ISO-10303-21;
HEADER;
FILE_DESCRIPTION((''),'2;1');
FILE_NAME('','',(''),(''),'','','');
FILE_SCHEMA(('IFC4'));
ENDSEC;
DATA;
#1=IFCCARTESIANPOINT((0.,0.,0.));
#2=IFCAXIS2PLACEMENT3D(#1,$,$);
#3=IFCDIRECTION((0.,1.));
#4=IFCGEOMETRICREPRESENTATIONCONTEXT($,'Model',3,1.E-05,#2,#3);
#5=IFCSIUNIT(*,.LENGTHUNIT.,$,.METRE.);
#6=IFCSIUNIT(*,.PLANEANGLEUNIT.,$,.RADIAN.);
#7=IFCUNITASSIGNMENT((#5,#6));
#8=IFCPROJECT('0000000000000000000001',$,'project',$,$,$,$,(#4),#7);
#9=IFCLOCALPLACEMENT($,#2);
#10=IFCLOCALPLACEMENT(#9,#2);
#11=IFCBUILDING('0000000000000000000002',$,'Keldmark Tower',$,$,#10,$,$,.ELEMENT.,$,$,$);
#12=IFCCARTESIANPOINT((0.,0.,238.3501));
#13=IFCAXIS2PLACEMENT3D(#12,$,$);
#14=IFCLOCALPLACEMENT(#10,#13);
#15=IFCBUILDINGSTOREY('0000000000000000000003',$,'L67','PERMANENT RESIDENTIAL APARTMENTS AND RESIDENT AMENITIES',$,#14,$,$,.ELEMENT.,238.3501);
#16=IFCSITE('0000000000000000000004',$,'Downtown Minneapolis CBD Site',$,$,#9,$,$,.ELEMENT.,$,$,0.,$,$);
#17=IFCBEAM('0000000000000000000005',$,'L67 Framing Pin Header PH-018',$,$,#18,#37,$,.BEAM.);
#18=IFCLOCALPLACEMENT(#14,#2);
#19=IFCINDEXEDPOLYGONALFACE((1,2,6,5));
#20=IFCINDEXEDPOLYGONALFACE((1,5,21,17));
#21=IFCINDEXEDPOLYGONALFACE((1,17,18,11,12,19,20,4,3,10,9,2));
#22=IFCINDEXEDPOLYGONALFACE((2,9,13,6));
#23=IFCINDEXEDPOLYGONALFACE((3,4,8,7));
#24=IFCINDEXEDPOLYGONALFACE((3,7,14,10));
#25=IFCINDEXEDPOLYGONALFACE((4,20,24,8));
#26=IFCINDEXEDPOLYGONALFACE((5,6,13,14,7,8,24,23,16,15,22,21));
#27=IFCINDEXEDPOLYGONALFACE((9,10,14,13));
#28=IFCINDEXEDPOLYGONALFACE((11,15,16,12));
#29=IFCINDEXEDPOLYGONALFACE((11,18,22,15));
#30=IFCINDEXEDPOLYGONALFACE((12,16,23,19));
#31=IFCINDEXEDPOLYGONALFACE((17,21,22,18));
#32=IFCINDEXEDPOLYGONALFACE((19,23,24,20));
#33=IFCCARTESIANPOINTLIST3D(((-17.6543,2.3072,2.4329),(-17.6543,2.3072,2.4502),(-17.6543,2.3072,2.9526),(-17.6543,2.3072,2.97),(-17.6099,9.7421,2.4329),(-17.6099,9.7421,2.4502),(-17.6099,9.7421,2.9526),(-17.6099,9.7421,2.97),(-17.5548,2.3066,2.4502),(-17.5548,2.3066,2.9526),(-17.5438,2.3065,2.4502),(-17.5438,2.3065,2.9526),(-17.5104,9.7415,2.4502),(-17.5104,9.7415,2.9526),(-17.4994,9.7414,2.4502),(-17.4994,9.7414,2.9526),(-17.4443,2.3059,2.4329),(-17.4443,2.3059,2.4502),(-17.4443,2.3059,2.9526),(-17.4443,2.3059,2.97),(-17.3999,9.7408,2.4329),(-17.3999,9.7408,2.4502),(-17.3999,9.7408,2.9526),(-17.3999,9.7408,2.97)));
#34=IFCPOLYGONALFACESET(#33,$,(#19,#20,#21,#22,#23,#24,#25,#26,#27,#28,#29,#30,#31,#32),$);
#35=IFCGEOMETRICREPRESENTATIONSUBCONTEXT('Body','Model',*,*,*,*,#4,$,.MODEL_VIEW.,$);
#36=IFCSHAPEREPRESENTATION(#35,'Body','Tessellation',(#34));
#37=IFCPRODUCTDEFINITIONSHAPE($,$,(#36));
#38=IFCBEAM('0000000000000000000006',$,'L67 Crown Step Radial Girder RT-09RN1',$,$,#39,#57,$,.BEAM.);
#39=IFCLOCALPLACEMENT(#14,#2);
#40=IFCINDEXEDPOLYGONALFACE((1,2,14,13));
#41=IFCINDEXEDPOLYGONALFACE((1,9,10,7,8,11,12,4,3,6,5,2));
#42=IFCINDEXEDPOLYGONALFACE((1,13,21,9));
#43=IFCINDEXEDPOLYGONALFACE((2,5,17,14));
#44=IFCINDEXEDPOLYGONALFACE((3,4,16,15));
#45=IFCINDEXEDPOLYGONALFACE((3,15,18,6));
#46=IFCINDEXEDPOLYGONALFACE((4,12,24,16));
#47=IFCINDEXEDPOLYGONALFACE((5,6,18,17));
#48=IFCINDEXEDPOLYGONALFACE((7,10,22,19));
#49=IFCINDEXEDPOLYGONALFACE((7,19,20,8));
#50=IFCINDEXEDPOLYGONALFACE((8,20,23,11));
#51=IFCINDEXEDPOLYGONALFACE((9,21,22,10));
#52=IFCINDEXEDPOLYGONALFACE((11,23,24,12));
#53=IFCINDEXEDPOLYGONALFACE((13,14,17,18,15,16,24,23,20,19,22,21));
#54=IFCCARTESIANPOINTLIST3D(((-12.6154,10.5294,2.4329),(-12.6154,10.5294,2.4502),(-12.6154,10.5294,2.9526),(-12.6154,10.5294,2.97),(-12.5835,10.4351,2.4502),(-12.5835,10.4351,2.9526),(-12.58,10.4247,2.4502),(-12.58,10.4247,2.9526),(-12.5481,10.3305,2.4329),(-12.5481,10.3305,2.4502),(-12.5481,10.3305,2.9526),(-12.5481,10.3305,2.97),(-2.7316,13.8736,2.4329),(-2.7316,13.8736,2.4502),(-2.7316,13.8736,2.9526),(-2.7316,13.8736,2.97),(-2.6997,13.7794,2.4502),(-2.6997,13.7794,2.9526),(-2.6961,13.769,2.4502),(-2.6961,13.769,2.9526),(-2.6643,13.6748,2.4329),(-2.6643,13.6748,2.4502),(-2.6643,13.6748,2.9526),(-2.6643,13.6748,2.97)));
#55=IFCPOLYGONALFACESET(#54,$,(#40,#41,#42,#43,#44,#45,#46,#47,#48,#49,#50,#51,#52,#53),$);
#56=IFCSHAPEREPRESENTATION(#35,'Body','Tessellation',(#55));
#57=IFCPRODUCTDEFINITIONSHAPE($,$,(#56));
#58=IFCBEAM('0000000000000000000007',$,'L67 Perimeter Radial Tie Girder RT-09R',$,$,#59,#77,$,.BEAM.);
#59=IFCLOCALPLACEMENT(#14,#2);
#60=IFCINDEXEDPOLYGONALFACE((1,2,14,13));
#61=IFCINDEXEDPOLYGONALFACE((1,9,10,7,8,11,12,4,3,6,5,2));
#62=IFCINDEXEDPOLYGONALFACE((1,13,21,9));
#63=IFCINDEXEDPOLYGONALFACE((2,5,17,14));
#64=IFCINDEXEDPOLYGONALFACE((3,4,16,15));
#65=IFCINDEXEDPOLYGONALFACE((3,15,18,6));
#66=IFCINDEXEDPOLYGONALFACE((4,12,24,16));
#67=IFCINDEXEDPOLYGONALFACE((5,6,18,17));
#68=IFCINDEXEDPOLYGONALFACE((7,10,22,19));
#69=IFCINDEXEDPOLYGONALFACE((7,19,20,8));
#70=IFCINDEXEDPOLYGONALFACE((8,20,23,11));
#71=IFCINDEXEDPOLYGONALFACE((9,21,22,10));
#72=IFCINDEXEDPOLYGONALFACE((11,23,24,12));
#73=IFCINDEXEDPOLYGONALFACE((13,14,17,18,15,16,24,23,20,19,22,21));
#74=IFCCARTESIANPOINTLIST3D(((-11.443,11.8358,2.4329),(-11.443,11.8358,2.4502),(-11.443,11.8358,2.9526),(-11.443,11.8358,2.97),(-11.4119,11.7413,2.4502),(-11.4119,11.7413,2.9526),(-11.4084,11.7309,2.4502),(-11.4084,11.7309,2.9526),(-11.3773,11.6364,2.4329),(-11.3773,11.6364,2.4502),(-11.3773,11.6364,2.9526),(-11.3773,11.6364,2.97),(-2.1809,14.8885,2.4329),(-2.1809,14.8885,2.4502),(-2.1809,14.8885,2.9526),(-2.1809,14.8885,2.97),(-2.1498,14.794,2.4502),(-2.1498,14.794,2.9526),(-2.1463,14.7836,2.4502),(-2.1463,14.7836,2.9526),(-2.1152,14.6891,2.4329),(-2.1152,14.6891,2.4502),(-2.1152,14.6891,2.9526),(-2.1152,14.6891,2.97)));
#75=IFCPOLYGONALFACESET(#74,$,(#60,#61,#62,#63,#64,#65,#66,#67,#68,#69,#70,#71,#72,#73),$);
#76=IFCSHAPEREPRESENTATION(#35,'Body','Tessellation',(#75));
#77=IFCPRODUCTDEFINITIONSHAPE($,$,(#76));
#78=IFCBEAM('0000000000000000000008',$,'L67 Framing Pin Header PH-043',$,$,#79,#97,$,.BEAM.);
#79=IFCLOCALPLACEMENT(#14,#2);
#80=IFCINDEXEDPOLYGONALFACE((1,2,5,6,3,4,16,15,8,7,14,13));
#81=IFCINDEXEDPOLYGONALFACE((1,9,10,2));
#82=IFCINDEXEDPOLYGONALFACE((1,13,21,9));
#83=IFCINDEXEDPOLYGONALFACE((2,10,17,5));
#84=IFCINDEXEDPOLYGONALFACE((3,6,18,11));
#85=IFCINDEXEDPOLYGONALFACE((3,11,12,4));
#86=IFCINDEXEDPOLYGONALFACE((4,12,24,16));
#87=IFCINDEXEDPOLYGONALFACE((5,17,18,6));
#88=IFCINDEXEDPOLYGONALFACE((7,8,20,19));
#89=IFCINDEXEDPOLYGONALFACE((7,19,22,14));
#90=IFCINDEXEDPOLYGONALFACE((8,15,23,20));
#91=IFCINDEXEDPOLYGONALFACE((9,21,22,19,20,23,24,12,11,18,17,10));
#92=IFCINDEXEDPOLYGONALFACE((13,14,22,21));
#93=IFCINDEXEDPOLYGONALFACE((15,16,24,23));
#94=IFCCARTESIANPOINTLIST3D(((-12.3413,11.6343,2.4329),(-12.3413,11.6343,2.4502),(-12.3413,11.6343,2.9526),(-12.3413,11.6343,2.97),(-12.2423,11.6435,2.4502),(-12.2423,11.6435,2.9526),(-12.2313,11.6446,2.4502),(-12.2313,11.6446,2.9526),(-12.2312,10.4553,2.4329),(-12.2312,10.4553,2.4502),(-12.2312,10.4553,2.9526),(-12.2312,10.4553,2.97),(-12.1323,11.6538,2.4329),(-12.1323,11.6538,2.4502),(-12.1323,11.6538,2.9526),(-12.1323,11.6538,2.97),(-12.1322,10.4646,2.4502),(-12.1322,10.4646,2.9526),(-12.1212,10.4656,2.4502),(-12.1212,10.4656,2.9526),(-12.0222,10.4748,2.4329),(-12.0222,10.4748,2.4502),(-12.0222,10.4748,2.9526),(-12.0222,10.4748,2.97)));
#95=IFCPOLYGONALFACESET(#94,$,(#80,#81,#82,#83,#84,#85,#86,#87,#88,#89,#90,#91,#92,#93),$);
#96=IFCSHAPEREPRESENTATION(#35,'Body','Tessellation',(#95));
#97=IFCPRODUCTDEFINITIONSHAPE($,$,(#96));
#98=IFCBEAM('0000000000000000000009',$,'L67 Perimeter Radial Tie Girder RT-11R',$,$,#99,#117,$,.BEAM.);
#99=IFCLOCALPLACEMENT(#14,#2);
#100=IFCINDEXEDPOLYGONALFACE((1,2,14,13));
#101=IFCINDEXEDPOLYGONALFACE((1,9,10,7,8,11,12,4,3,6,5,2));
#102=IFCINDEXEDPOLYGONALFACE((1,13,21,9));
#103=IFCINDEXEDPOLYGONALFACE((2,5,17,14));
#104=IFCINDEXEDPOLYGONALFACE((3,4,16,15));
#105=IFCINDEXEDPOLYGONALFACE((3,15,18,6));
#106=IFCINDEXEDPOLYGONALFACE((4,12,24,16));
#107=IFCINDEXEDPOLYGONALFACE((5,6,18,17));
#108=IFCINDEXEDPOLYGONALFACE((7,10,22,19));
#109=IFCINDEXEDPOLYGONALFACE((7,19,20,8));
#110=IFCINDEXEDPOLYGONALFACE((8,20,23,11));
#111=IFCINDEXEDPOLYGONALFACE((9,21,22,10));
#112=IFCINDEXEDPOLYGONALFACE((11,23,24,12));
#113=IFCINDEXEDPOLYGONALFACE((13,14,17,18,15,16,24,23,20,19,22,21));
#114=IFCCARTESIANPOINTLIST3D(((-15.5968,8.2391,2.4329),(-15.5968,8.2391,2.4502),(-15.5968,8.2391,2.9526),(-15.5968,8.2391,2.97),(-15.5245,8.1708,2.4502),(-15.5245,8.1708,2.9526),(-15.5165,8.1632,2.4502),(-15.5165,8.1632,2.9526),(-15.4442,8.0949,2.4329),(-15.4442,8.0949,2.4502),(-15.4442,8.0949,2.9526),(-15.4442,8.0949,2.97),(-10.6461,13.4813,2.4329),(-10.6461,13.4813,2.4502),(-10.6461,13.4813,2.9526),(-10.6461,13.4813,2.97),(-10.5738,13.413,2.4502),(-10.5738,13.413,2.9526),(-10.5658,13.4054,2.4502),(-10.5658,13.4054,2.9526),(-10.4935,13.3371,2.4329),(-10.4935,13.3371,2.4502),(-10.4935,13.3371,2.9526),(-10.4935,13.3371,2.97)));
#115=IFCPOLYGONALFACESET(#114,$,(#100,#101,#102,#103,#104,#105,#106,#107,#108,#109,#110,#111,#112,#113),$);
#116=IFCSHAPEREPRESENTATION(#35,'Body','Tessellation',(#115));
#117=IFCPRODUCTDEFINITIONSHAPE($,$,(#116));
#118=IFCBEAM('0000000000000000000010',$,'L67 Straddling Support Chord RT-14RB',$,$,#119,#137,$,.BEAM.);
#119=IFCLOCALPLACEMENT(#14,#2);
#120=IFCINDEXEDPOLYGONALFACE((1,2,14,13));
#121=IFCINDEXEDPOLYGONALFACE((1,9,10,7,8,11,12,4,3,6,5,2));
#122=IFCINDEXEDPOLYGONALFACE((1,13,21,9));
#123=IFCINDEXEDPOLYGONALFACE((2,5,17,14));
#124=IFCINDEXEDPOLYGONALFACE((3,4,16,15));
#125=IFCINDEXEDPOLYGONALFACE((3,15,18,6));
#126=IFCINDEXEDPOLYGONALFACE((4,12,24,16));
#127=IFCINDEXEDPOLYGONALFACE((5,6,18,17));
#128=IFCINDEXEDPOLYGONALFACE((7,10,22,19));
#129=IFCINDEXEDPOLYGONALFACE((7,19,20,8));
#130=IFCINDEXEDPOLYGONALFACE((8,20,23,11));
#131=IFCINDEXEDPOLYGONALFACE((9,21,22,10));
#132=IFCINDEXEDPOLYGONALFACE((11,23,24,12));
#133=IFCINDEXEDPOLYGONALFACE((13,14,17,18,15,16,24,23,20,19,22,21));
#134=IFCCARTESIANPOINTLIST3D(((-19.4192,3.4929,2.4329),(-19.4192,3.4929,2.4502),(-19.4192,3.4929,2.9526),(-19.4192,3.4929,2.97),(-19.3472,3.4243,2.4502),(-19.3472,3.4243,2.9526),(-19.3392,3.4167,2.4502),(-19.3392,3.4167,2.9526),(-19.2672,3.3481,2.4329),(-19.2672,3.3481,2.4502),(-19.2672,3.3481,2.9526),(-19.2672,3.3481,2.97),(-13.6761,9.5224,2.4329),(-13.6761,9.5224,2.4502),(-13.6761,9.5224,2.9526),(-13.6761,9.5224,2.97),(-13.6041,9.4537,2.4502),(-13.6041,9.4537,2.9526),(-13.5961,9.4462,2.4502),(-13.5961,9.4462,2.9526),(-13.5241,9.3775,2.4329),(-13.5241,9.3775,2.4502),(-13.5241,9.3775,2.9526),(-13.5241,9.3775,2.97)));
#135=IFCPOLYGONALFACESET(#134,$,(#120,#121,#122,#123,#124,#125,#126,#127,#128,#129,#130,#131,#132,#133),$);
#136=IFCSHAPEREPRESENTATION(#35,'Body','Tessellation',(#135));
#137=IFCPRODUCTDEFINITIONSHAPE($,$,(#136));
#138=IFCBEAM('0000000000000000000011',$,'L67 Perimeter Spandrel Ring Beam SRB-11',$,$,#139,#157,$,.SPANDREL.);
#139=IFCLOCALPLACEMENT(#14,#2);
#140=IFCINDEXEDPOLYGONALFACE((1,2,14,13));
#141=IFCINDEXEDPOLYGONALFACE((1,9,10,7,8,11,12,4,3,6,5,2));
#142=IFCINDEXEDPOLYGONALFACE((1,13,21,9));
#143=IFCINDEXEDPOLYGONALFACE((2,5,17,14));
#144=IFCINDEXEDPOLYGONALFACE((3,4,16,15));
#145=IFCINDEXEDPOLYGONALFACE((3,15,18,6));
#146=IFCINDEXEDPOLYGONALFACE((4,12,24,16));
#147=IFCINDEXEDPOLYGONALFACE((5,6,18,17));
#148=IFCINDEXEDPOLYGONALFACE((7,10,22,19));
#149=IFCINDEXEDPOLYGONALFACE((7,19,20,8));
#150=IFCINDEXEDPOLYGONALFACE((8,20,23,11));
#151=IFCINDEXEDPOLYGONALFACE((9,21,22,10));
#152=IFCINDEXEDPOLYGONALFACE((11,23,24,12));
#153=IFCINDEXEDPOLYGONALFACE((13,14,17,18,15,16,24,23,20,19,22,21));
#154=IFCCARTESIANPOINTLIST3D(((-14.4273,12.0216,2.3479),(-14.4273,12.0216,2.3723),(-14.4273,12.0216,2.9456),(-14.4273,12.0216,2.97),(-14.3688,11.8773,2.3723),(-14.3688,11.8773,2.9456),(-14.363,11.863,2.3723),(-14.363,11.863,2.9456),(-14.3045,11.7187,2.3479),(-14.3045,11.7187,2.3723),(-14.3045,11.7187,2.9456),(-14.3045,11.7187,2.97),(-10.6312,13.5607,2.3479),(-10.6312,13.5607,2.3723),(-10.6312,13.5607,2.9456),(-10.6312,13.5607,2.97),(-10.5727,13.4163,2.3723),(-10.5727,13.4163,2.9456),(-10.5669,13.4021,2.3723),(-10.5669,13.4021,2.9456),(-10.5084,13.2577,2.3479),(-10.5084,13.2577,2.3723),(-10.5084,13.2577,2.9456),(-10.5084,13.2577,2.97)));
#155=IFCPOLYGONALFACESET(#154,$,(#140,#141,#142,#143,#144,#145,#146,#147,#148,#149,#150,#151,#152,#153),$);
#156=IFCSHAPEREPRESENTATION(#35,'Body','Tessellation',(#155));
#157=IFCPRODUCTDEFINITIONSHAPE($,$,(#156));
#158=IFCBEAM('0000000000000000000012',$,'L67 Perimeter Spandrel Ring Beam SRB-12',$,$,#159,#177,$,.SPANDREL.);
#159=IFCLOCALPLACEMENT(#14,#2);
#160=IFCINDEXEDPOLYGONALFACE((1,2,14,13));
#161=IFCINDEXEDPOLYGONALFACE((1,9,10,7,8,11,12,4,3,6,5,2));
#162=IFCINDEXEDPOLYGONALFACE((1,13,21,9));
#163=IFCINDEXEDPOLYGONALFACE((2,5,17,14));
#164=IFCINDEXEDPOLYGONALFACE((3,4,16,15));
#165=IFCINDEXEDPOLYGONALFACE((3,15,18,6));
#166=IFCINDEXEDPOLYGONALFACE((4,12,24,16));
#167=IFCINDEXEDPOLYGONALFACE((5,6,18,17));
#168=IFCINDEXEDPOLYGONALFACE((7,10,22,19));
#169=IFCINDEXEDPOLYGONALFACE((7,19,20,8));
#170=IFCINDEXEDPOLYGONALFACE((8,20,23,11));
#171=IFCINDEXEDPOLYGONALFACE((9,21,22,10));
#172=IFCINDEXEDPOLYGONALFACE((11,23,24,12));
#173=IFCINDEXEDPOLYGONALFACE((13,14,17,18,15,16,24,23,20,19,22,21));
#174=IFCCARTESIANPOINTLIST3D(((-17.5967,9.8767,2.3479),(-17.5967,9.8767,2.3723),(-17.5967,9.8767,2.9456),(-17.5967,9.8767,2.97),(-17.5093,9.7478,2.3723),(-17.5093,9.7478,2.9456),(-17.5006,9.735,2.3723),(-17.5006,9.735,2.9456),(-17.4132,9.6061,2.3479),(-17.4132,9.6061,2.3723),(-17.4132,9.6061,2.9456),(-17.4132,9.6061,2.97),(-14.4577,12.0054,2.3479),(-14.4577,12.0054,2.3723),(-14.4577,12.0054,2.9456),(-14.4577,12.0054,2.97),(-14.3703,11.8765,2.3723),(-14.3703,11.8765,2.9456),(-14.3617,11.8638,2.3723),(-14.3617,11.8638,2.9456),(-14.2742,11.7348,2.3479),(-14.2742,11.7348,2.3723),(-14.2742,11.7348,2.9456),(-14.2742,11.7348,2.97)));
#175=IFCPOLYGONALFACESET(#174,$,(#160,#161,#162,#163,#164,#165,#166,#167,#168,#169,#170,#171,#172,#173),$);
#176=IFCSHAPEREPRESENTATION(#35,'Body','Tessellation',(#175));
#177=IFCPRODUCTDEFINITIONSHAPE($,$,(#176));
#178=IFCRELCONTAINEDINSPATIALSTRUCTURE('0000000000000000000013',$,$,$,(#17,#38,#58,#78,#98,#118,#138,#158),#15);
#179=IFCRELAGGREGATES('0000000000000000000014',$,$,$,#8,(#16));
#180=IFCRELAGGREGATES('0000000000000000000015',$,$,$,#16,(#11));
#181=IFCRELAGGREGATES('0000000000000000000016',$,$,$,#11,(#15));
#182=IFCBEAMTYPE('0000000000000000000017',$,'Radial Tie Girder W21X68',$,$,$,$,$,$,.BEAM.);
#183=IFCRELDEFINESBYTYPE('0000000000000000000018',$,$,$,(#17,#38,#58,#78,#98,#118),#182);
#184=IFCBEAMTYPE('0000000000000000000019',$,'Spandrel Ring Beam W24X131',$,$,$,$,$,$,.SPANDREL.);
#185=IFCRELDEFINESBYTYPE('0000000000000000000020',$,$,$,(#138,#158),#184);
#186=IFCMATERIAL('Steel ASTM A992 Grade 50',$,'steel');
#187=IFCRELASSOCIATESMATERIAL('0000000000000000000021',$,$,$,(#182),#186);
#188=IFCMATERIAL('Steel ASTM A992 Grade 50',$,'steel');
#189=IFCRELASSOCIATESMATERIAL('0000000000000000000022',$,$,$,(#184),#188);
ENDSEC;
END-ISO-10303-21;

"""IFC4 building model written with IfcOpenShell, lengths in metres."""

from ifc_helpers import new_model, si_unit, direction, frame, origin, origin_2d, place, context, subcontext, project, spatial, i_section, extrude, material, material_profile, profile_set, type_object, element, save


model = new_model("IFC4")

# Units and contexts
model_context = context("Model", 3, precision=1e-05, world=origin(), true_north=direction((0.0, 1.0)))
body_context = subcontext(model_context, "Body", "Model", "MODEL_VIEW")
ifc_project = project(units=[si_unit("LENGTHUNIT", "METRE"), si_unit("PLANEANGLEUNIT", "RADIAN")], contexts=[model_context])

# Site, building, storey
site_placement = place(None, origin())
site = spatial("IfcSite", under=ifc_project, at=site_placement, Name="Downtown Minneapolis CBD Site", CompositionType="ELEMENT", RefElevation=0.0)
building_placement = place(site_placement, origin())
building = spatial("IfcBuilding", under=site, at=building_placement, Name="Keldmark Tower", CompositionType="ELEMENT")
storey_placement = place(building_placement, frame((0.0, 0.0, 238.3501)))
storey = spatial("IfcBuildingStorey", under=building, at=storey_placement, Name="L67", Description="PERMANENT RESIDENTIAL APARTMENTS AND RESIDENT AMENITIES", CompositionType="ELEMENT", Elevation=238.3501)

# Beams
ifc_material_1 = material(Name="Steel ASTM A992 Grade 50", Category="steel")
ifc_material_profile_1 = material_profile(ifc_material_1, i_section(OverallWidth=0.21, OverallDepth=0.5371, WebThickness=0.011, FlangeThickness=0.0173, at=origin_2d()), Name="W21X68")
ifc_profile_set_1 = profile_set([ifc_material_profile_1], Name="Steel ASTM A992 Grade 50")
beam_type_1 = type_object("IfcBeamType", Name="Radial Tie Girder W21X68", PredefinedType="BEAM", material=ifc_profile_set_1)
beam_1_placement = place(storey_placement, frame((-17.5049, 9.7415, 2.7014), z_axis=(-0.005976, -0.999982, 0.0), x_axis=(0.999982, -0.005976, 0.0)))
element("IfcBeam", 1, at=beam_1_placement, inside=storey, type_object=beam_type_1, Name="L67 Framing Pin Header PH-018", PredefinedType="BEAM", context=body_context, shape_type="SweptSolid", body=[
    extrude(i_section(OverallWidth=0.21, OverallDepth=0.5371, WebThickness=0.011, FlangeThickness=0.0173, at=origin_2d()), origin(), (0.0, 0.0, 1.0), 7.4351),
])
beam_2_placement = place(storey_placement, frame((-12.5818, 10.4299, 2.7014), z_axis=(0.947246, 0.320506, 0.0), x_axis=(-0.320506, 0.947246, 0.0)))
element("IfcBeam", 2, at=beam_2_placement, inside=storey, type_object=beam_type_1, Name="L67 Crown Step Radial Girder RT-09RN1", PredefinedType="BEAM", context=body_context, shape_type="SweptSolid", body=[
    extrude(i_section(OverallWidth=0.21, OverallDepth=0.5371, WebThickness=0.011, FlangeThickness=0.0173, at=origin_2d()), origin(), (0.0, 0.0, 1.0), 10.4343),
])
beam_3_placement = place(storey_placement, frame((-11.4102, 11.7361, 2.7014), z_axis=(0.949744, 0.313027, 0.0), x_axis=(-0.313027, 0.949744, 0.0)))
element("IfcBeam", 3, at=beam_3_placement, inside=storey, type_object=beam_type_1, Name="L67 Perimeter Radial Tie Girder RT-09R", PredefinedType="BEAM", context=body_context, shape_type="SweptSolid", body=[
    extrude(i_section(OverallWidth=0.21, OverallDepth=0.5371, WebThickness=0.011, FlangeThickness=0.0173, at=origin_2d()), origin(), (0.0, 0.0, 1.0), 9.7522),
])
beam_4_placement = place(storey_placement, frame((-12.1267, 10.4651, 2.7014), z_axis=(-0.092989, 0.995667, 0.0), x_axis=(-0.995667, -0.092989, 0.0)))
element("IfcBeam", 4, at=beam_4_placement, inside=storey, type_object=beam_type_1, Name="L67 Framing Pin Header PH-043", PredefinedType="BEAM", context=body_context, shape_type="SweptSolid", body=[
    extrude(i_section(OverallWidth=0.21, OverallDepth=0.5371, WebThickness=0.011, FlangeThickness=0.0173, at=origin_2d()), origin(), (0.0, 0.0, 1.0), 1.1841),
])
beam_5_placement = place(storey_placement, frame((-15.5205, 8.167, 2.7014), z_axis=(0.686604, 0.727032, 0.0), x_axis=(-0.727032, 0.686604, 0.0)))
element("IfcBeam", 5, at=beam_5_placement, inside=storey, type_object=beam_type_1, Name="L67 Perimeter Radial Tie Girder RT-11R", PredefinedType="BEAM", context=body_context, shape_type="SweptSolid", body=[
    extrude(i_section(OverallWidth=0.21, OverallDepth=0.5371, WebThickness=0.011, FlangeThickness=0.0173, at=origin_2d()), origin(), (0.0, 0.0, 1.0), 7.2104),
])
beam_6_placement = place(storey_placement, frame((-13.6001, 9.45, 2.7014), z_axis=(-0.689702, -0.724093, 0.0), x_axis=(0.724093, -0.689702, 0.0)))
element("IfcBeam", 6, at=beam_6_placement, inside=storey, type_object=beam_type_1, Name="L67 Straddling Support Chord RT-14RB", PredefinedType="BEAM", context=body_context, shape_type="SweptSolid", body=[
    extrude(i_section(OverallWidth=0.21, OverallDepth=0.5371, WebThickness=0.011, FlangeThickness=0.0173, at=origin_2d()), origin(), (0.0, 0.0, 1.0), 8.3269),
])
ifc_material_2 = material(Name="Steel ASTM A992 Grade 50", Category="steel")
ifc_material_profile_2 = material_profile(ifc_material_2, i_section(OverallWidth=0.3269, OverallDepth=0.6221, WebThickness=0.0154, FlangeThickness=0.0244, at=origin_2d()), Name="W24X131")
ifc_profile_set_2 = profile_set([ifc_material_profile_2], Name="Steel ASTM A992 Grade 50")
beam_type_2 = type_object("IfcBeamType", Name="Spandrel Ring Beam W24X131", PredefinedType="SPANDREL", material=ifc_profile_set_2)
beam_7_placement = place(storey_placement, frame((-10.5698, 13.4092, 2.6589), z_axis=(-0.926732, -0.375723, 0.0), x_axis=(0.375723, -0.926732, 0.0)))
element("IfcBeam", 7, at=beam_7_placement, inside=storey, type_object=beam_type_2, Name="L67 Perimeter Spandrel Ring Beam SRB-11", PredefinedType="SPANDREL", context=body_context, shape_type="SweptSolid", body=[
    extrude(i_section(OverallWidth=0.3269, OverallDepth=0.6221, WebThickness=0.0154, FlangeThickness=0.0244, at=origin_2d()), origin(), (0.0, 0.0, 1.0), 4.0962),
])
beam_8_placement = place(storey_placement, frame((-14.366, 11.8701, 2.6589), z_axis=(-0.827637, -0.561264, 0.0), x_axis=(0.561264, -0.827637, 0.0)))
element("IfcBeam", 8, at=beam_8_placement, inside=storey, type_object=beam_type_2, Name="L67 Perimeter Spandrel Ring Beam SRB-12", PredefinedType="SPANDREL", context=body_context, shape_type="SweptSolid", body=[
    extrude(i_section(OverallWidth=0.3269, OverallDepth=0.6221, WebThickness=0.0154, FlangeThickness=0.0244, at=origin_2d()), origin(), (0.0, 0.0, 1.0), 3.7927),
])

save(model, "model.ifc")
